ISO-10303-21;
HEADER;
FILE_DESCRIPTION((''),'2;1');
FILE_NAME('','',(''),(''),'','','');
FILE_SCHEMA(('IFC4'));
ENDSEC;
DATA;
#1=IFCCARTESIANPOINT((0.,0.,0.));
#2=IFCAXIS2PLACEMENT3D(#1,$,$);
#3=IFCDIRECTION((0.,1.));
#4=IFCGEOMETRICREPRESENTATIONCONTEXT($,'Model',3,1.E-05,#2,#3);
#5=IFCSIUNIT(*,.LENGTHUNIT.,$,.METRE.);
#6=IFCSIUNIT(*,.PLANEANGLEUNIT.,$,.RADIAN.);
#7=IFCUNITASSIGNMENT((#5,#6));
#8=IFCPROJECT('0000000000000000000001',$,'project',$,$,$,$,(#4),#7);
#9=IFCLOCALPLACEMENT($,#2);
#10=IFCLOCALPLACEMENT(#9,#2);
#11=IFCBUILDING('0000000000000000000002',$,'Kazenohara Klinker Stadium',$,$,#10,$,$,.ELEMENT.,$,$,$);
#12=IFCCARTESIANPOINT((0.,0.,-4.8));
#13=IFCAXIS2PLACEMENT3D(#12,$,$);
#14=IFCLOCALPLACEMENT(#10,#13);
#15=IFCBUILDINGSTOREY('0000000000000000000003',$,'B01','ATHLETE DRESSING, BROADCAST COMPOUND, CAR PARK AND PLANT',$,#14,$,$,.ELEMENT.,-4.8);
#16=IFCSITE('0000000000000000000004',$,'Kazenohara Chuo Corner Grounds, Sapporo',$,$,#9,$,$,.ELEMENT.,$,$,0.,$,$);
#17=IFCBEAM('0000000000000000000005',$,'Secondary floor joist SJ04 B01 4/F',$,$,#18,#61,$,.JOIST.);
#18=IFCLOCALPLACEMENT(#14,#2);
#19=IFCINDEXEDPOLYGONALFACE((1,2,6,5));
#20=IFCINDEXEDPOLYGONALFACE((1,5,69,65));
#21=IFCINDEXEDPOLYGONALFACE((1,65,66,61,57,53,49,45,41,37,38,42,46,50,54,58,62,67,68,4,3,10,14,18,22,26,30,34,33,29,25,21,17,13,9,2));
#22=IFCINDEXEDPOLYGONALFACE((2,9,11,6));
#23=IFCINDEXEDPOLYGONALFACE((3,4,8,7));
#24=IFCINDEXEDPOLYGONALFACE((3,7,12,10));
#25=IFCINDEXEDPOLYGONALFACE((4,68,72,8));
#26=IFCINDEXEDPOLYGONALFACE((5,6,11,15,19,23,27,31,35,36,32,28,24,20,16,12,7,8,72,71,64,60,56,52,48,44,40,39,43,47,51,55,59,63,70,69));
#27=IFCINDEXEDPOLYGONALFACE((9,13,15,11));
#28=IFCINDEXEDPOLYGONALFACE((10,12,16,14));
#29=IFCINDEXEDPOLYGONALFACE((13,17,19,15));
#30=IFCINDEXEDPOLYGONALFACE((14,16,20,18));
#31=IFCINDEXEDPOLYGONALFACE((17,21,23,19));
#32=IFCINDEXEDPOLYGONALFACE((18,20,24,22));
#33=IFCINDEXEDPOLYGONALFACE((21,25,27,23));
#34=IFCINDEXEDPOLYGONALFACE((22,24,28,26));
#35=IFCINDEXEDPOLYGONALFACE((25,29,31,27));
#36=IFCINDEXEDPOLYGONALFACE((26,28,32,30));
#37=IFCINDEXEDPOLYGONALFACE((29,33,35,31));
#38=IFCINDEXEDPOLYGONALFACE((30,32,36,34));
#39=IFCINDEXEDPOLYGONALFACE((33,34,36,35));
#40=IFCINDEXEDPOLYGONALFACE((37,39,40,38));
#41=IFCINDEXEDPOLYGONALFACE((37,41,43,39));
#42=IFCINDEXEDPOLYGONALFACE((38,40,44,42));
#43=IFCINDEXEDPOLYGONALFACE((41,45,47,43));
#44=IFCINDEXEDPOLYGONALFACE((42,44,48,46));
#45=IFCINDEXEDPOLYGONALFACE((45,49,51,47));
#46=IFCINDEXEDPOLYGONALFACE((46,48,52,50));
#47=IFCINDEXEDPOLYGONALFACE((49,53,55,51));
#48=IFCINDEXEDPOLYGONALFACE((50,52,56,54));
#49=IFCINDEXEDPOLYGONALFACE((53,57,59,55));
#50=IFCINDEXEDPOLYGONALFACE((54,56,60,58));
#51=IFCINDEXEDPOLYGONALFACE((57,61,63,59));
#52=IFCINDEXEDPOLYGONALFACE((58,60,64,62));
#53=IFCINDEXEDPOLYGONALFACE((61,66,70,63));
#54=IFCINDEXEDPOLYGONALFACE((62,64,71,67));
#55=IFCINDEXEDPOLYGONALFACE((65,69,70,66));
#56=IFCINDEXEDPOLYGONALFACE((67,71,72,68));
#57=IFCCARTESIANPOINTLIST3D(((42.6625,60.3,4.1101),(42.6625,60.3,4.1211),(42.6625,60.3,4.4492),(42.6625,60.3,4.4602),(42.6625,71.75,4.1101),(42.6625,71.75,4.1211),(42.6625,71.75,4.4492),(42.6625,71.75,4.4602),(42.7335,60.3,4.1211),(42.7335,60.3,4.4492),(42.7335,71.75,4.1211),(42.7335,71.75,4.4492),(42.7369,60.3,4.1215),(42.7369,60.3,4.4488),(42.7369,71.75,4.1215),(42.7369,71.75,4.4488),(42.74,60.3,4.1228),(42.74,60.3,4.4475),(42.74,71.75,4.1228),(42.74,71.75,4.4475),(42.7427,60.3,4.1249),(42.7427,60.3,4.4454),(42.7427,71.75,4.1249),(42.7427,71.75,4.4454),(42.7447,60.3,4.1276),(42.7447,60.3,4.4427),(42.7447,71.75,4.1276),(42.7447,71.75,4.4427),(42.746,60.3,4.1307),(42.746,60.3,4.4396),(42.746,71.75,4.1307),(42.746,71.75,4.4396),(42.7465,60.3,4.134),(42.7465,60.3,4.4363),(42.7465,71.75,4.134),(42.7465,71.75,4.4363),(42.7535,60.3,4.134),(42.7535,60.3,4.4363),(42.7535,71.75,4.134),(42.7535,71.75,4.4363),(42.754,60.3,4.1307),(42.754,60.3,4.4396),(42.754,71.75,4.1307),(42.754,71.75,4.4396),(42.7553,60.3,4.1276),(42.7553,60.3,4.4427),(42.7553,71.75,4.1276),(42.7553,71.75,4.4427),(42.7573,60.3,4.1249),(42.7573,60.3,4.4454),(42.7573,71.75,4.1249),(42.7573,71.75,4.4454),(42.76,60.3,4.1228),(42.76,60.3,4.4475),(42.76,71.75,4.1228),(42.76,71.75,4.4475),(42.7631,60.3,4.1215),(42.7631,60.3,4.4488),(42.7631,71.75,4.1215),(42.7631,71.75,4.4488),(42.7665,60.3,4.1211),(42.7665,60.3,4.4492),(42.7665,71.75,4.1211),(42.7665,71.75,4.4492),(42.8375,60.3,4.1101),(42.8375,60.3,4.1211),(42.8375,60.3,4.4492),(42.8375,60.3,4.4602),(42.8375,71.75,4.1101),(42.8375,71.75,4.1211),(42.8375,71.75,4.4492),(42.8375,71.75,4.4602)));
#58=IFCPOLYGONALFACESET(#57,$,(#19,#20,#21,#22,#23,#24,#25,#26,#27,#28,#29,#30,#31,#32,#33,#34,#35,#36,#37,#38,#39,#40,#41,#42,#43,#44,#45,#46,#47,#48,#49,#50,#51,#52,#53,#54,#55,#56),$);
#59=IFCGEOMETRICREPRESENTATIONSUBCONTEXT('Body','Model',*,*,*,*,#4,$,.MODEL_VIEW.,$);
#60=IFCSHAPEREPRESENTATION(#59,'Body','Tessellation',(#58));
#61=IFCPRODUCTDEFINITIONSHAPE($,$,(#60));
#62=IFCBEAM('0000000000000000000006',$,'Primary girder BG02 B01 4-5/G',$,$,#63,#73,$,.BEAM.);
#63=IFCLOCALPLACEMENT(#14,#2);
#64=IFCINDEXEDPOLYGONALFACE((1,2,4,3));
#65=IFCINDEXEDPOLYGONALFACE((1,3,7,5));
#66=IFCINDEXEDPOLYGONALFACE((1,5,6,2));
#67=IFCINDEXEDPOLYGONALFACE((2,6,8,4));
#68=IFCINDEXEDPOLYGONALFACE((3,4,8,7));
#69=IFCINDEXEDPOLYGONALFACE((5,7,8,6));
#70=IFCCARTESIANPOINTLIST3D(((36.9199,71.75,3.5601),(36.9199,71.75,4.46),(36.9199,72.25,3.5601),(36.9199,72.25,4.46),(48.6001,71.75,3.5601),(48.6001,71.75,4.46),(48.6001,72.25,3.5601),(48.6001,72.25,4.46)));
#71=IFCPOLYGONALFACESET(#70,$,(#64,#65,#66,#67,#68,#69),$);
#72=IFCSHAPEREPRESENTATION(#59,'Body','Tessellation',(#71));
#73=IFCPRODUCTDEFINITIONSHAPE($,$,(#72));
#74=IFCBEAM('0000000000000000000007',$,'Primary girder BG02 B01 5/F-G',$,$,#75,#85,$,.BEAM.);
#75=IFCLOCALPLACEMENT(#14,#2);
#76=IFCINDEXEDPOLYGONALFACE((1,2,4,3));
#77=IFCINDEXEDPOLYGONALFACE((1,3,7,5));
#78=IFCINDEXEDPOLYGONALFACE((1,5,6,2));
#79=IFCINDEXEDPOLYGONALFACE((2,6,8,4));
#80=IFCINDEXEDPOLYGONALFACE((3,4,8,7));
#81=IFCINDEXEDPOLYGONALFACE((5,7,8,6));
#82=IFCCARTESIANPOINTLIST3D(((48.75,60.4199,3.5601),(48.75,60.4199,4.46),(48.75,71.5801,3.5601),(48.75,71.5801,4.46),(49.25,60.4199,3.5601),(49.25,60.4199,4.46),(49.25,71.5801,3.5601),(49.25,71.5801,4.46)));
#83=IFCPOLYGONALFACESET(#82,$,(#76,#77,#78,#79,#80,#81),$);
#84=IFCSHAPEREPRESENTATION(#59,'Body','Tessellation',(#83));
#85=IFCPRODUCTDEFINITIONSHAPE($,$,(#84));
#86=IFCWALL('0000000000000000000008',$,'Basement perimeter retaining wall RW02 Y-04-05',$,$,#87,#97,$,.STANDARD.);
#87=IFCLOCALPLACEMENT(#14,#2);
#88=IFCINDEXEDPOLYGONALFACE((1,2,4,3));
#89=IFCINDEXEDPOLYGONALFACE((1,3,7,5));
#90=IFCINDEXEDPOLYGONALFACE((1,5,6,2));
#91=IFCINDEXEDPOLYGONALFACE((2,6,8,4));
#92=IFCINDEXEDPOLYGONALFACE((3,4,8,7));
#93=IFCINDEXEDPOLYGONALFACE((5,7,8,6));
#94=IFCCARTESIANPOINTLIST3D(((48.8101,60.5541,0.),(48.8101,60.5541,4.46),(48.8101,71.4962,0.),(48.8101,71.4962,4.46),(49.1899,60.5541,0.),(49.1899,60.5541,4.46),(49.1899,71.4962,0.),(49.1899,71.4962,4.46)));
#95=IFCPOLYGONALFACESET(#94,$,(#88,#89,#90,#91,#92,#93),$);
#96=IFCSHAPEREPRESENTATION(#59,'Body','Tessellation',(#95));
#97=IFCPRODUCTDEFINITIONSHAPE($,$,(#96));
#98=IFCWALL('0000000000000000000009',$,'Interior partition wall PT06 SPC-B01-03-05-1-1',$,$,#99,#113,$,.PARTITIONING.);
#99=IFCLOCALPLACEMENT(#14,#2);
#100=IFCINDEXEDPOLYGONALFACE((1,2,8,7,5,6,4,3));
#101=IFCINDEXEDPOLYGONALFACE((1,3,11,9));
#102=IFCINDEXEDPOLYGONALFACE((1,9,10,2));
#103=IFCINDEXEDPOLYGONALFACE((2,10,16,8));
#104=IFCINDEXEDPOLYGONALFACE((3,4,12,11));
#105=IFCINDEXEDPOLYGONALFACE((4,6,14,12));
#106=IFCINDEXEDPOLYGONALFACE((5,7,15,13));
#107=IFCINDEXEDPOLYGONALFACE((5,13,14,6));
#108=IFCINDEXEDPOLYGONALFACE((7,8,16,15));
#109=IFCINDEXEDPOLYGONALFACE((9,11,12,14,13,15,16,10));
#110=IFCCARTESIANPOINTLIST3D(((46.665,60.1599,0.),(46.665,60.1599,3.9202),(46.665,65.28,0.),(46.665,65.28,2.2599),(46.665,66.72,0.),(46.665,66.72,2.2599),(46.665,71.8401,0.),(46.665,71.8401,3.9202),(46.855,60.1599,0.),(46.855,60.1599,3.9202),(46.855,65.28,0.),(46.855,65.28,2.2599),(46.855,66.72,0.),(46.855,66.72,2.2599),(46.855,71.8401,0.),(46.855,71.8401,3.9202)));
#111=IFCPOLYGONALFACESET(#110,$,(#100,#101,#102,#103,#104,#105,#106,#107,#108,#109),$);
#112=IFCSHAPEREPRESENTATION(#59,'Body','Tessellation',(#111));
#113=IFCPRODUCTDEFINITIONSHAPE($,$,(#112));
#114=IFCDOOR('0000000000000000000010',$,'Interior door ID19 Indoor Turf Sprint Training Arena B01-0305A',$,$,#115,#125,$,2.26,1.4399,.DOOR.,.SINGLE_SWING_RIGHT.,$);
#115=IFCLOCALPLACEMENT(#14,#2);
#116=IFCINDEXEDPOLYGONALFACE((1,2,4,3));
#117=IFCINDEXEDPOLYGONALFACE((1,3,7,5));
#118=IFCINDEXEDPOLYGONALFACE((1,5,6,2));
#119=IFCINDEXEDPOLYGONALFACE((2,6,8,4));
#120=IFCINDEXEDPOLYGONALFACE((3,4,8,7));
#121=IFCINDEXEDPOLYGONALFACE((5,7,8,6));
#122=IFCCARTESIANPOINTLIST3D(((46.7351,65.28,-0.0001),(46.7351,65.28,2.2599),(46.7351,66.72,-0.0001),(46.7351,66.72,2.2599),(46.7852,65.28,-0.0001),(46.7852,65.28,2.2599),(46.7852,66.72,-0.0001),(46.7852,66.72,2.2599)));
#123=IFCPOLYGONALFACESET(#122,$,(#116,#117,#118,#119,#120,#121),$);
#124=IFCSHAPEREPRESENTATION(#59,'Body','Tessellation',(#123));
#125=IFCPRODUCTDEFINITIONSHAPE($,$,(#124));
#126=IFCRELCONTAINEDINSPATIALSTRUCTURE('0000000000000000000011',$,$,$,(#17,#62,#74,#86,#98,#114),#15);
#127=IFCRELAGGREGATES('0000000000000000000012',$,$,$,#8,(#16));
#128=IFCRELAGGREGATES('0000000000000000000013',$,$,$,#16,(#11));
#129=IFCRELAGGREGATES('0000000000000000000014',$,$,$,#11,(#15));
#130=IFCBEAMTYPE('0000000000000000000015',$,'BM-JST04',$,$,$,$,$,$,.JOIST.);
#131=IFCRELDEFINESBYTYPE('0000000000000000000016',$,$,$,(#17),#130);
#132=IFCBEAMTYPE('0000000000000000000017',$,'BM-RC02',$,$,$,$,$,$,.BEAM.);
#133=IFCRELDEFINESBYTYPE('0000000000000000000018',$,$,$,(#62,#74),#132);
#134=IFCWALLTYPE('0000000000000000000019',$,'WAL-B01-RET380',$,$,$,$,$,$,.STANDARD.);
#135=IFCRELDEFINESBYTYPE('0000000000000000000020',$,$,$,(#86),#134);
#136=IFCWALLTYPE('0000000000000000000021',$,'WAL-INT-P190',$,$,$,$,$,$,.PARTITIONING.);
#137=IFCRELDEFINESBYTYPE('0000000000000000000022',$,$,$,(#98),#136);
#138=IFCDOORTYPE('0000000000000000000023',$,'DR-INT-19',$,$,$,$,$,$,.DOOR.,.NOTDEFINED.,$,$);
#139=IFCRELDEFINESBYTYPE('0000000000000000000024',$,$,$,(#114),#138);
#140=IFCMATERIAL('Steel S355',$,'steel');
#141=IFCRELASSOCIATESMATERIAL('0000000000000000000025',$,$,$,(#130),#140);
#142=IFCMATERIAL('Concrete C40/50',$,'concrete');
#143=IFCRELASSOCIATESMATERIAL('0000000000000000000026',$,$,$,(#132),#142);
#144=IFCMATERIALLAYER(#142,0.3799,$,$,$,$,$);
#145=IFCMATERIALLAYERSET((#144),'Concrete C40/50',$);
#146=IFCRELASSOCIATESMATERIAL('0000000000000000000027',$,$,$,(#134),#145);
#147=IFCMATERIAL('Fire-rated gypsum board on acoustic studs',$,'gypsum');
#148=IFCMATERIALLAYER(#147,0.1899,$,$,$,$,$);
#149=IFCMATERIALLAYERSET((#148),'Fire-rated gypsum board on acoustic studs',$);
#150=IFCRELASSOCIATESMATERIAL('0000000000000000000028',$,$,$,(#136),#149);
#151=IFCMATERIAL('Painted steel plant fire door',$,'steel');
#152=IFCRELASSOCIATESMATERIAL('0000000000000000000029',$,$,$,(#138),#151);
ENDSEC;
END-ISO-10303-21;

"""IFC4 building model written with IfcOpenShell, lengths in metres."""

from ifc_helpers import new_model, si_unit, direction, frame, frame_2d, origin, origin_2d, place, context, subcontext, project, spatial, rectangle, i_section, extrude, material, layer, layer_set, material_profile, profile_set, type_object, element, fill, save


model = new_model("IFC4")

# Units and contexts
model_context = context("Model", 3, precision=1e-05, world=origin(), true_north=direction((0.0, 1.0)))
body_context = subcontext(model_context, "Body", "Model", "MODEL_VIEW")
ifc_project = project(units=[si_unit("LENGTHUNIT", "METRE"), si_unit("PLANEANGLEUNIT", "RADIAN")], contexts=[model_context])

# Site, building, storey
site_placement = place(None, origin())
site = spatial("IfcSite", under=ifc_project, at=site_placement, Name="Kazenohara Chuo Corner Grounds, Sapporo", CompositionType="ELEMENT", RefElevation=0.0)
building_placement = place(site_placement, origin())
building = spatial("IfcBuilding", under=site, at=building_placement, Name="Kazenohara Klinker Stadium", CompositionType="ELEMENT")
storey_placement = place(building_placement, frame((0.0, 0.0, -4.8)))
storey = spatial("IfcBuildingStorey", under=building, at=storey_placement, Name="B01", Description="ATHLETE DRESSING, BROADCAST COMPOUND, CAR PARK AND PLANT", CompositionType="ELEMENT", Elevation=-4.8)

# Shared definitions
ifc_material_1 = material(Name="Concrete C40/50", Category="concrete")

# Beams
ifc_material_2 = material(Name="Steel S355", Category="steel")
ifc_material_profile_1 = material_profile(ifc_material_2, i_section(OverallWidth=0.175, OverallDepth=0.3501, WebThickness=0.0071, FlangeThickness=0.011, FilletRadius=0.0129, at=origin_2d()), Name="H-350x175x7x11")
ifc_profile_set_1 = profile_set([ifc_material_profile_1], Name="Steel S355")
beam_type_1 = type_object("IfcBeamType", Name="BM-JST04", PredefinedType="JOIST", material=ifc_profile_set_1)
beam_1_placement = place(storey_placement, frame((42.75, 60.3, 4.2852), z_axis=(0.0, 1.0, 0.0), x_axis=(-1.0, 0.0, 0.0)))
element("IfcBeam", 1, at=beam_1_placement, inside=storey, type_object=beam_type_1, Name="Secondary floor joist SJ04 B01 4/F", PredefinedType="JOIST", context=body_context, shape_type="SweptSolid", body=[
    extrude(i_section(OverallWidth=0.175, OverallDepth=0.3501, WebThickness=0.0071, FlangeThickness=0.011, FilletRadius=0.0129, at=origin_2d()), origin(), (0.0, 0.0, 1.0), 11.45),
])
ifc_material_profile_2 = material_profile(ifc_material_1, rectangle(XDim=0.5, YDim=0.8999, at=origin_2d()), Name="RC-BM-500x900")
ifc_profile_set_2 = profile_set([ifc_material_profile_2], Name="Concrete C40/50")
beam_type_2 = type_object("IfcBeamType", Name="BM-RC02", PredefinedType="BEAM", material=ifc_profile_set_2)
beam_2_placement = place(storey_placement, frame((36.9199, 72.0, 4.01), z_axis=(1.0, 0.0, 0.0), x_axis=(0.0, 1.0, 0.0)))
element("IfcBeam", 2, at=beam_2_placement, inside=storey, type_object=beam_type_2, Name="Primary girder BG02 B01 4-5/G", PredefinedType="BEAM", context=body_context, shape_type="SweptSolid", body=[
    extrude(rectangle(XDim=0.5, YDim=0.8999, at=origin_2d()), origin(), (0.0, 0.0, 1.0), 11.6802),
])
beam_3_placement = place(storey_placement, frame((49.0, 60.4199, 4.01), z_axis=(0.0, 1.0, 0.0), x_axis=(-1.0, 0.0, 0.0)))
element("IfcBeam", 3, at=beam_3_placement, inside=storey, type_object=beam_type_2, Name="Primary girder BG02 B01 5/F-G", PredefinedType="BEAM", context=body_context, shape_type="SweptSolid", body=[
    extrude(rectangle(XDim=0.5, YDim=0.8999, at=origin_2d()), origin(), (0.0, 0.0, 1.0), 11.1602),
])

# Wall
ifc_layer_1 = layer(ifc_material_1, 0.3799)
ifc_layer_set_1 = layer_set([ifc_layer_1], Name="Concrete C40/50")
wall_type_1 = type_object("IfcWallType", Name="WAL-B01-RET380", PredefinedType="STANDARD", material=ifc_layer_set_1)
wall_1_placement = place(storey_placement, frame((49.0, 60.554, 0.0), z_axis=(0.0, 0.0, 1.0), x_axis=(0.0, 1.0, 0.0)))
element("IfcWall", 4, at=wall_1_placement, inside=storey, type_object=wall_type_1, Name="Basement perimeter retaining wall RW02 Y-04-05", PredefinedType="STANDARD", context=body_context, shape_type="SweptSolid", body=[
    extrude(rectangle(XDim=10.9421, YDim=0.3799, at=frame_2d((5.4712, 0.0))), origin(), (0.0, 0.0, 1.0), 4.46),
])

# Wall, opening, door
ifc_material_3 = material(Name="Fire-rated gypsum board on acoustic studs", Category="gypsum")
ifc_layer_2 = layer(ifc_material_3, 0.1899)
ifc_layer_set_2 = layer_set([ifc_layer_2], Name="Fire-rated gypsum board on acoustic studs")
wall_type_2 = type_object("IfcWallType", Name="WAL-INT-P190", PredefinedType="PARTITIONING", material=ifc_layer_set_2)
wall_2_placement = place(storey_placement, frame((46.76, 60.1599, 0.0), z_axis=(0.0, 0.0, 1.0), x_axis=(0.0, 1.0, 0.0)))
wall_2 = element("IfcWall", 5, at=wall_2_placement, inside=storey, type_object=wall_type_2, Name="Interior partition wall PT06 SPC-B01-03-05-1-1", PredefinedType="PARTITIONING", context=body_context, shape_type="SweptSolid", body=[
    extrude(rectangle(XDim=11.6802, YDim=0.1899, at=frame_2d((5.8401, 0.0))), origin(), (0.0, 0.0, 1.0), 3.9202),
])
opening_placement = place(wall_2_placement, frame((5.1201, 0.0, 0.0)))
opening = element("IfcOpeningElement", 6, at=opening_placement, cuts=wall_2, PredefinedType="OPENING", context=body_context, shape_type="SweptSolid", body=[
    extrude(rectangle(XDim=1.4399, YDim=2.26, at=frame_2d((0.72, 1.1299))), frame((0.0, 0.105, 0.0), z_axis=(0.0, -1.0, 0.0), x_axis=(1.0, 0.0, 0.0)), (0.0, 0.0, 1.0), 0.21),
])
ifc_material_4 = material(Name="Painted steel plant fire door", Category="steel")
door_type = type_object("IfcDoorType", Name="DR-INT-19", OperationType="NOTDEFINED", PredefinedType="DOOR", material=ifc_material_4)
door_placement = place(opening_placement, origin())
door = element("IfcDoor", 7, at=door_placement, inside=storey, type_object=door_type, Name="Interior door ID19 Indoor Turf Sprint Training Arena B01-0305A", OperationType="SINGLE_SWING_RIGHT", OverallHeight=2.26, OverallWidth=1.4399, PredefinedType="DOOR", context=body_context, shape_type="SweptSolid", body=[
    extrude(rectangle(XDim=1.4399, YDim=2.26, at=frame_2d((0.72, 1.1299))), frame((0.0, 0.0249, 0.0), z_axis=(0.0, -1.0, 0.0), x_axis=(1.0, 0.0, 0.0)), (0.0, 0.0, 1.0), 0.05),
])
fill(opening, door)

save(model, "model.ifc")
